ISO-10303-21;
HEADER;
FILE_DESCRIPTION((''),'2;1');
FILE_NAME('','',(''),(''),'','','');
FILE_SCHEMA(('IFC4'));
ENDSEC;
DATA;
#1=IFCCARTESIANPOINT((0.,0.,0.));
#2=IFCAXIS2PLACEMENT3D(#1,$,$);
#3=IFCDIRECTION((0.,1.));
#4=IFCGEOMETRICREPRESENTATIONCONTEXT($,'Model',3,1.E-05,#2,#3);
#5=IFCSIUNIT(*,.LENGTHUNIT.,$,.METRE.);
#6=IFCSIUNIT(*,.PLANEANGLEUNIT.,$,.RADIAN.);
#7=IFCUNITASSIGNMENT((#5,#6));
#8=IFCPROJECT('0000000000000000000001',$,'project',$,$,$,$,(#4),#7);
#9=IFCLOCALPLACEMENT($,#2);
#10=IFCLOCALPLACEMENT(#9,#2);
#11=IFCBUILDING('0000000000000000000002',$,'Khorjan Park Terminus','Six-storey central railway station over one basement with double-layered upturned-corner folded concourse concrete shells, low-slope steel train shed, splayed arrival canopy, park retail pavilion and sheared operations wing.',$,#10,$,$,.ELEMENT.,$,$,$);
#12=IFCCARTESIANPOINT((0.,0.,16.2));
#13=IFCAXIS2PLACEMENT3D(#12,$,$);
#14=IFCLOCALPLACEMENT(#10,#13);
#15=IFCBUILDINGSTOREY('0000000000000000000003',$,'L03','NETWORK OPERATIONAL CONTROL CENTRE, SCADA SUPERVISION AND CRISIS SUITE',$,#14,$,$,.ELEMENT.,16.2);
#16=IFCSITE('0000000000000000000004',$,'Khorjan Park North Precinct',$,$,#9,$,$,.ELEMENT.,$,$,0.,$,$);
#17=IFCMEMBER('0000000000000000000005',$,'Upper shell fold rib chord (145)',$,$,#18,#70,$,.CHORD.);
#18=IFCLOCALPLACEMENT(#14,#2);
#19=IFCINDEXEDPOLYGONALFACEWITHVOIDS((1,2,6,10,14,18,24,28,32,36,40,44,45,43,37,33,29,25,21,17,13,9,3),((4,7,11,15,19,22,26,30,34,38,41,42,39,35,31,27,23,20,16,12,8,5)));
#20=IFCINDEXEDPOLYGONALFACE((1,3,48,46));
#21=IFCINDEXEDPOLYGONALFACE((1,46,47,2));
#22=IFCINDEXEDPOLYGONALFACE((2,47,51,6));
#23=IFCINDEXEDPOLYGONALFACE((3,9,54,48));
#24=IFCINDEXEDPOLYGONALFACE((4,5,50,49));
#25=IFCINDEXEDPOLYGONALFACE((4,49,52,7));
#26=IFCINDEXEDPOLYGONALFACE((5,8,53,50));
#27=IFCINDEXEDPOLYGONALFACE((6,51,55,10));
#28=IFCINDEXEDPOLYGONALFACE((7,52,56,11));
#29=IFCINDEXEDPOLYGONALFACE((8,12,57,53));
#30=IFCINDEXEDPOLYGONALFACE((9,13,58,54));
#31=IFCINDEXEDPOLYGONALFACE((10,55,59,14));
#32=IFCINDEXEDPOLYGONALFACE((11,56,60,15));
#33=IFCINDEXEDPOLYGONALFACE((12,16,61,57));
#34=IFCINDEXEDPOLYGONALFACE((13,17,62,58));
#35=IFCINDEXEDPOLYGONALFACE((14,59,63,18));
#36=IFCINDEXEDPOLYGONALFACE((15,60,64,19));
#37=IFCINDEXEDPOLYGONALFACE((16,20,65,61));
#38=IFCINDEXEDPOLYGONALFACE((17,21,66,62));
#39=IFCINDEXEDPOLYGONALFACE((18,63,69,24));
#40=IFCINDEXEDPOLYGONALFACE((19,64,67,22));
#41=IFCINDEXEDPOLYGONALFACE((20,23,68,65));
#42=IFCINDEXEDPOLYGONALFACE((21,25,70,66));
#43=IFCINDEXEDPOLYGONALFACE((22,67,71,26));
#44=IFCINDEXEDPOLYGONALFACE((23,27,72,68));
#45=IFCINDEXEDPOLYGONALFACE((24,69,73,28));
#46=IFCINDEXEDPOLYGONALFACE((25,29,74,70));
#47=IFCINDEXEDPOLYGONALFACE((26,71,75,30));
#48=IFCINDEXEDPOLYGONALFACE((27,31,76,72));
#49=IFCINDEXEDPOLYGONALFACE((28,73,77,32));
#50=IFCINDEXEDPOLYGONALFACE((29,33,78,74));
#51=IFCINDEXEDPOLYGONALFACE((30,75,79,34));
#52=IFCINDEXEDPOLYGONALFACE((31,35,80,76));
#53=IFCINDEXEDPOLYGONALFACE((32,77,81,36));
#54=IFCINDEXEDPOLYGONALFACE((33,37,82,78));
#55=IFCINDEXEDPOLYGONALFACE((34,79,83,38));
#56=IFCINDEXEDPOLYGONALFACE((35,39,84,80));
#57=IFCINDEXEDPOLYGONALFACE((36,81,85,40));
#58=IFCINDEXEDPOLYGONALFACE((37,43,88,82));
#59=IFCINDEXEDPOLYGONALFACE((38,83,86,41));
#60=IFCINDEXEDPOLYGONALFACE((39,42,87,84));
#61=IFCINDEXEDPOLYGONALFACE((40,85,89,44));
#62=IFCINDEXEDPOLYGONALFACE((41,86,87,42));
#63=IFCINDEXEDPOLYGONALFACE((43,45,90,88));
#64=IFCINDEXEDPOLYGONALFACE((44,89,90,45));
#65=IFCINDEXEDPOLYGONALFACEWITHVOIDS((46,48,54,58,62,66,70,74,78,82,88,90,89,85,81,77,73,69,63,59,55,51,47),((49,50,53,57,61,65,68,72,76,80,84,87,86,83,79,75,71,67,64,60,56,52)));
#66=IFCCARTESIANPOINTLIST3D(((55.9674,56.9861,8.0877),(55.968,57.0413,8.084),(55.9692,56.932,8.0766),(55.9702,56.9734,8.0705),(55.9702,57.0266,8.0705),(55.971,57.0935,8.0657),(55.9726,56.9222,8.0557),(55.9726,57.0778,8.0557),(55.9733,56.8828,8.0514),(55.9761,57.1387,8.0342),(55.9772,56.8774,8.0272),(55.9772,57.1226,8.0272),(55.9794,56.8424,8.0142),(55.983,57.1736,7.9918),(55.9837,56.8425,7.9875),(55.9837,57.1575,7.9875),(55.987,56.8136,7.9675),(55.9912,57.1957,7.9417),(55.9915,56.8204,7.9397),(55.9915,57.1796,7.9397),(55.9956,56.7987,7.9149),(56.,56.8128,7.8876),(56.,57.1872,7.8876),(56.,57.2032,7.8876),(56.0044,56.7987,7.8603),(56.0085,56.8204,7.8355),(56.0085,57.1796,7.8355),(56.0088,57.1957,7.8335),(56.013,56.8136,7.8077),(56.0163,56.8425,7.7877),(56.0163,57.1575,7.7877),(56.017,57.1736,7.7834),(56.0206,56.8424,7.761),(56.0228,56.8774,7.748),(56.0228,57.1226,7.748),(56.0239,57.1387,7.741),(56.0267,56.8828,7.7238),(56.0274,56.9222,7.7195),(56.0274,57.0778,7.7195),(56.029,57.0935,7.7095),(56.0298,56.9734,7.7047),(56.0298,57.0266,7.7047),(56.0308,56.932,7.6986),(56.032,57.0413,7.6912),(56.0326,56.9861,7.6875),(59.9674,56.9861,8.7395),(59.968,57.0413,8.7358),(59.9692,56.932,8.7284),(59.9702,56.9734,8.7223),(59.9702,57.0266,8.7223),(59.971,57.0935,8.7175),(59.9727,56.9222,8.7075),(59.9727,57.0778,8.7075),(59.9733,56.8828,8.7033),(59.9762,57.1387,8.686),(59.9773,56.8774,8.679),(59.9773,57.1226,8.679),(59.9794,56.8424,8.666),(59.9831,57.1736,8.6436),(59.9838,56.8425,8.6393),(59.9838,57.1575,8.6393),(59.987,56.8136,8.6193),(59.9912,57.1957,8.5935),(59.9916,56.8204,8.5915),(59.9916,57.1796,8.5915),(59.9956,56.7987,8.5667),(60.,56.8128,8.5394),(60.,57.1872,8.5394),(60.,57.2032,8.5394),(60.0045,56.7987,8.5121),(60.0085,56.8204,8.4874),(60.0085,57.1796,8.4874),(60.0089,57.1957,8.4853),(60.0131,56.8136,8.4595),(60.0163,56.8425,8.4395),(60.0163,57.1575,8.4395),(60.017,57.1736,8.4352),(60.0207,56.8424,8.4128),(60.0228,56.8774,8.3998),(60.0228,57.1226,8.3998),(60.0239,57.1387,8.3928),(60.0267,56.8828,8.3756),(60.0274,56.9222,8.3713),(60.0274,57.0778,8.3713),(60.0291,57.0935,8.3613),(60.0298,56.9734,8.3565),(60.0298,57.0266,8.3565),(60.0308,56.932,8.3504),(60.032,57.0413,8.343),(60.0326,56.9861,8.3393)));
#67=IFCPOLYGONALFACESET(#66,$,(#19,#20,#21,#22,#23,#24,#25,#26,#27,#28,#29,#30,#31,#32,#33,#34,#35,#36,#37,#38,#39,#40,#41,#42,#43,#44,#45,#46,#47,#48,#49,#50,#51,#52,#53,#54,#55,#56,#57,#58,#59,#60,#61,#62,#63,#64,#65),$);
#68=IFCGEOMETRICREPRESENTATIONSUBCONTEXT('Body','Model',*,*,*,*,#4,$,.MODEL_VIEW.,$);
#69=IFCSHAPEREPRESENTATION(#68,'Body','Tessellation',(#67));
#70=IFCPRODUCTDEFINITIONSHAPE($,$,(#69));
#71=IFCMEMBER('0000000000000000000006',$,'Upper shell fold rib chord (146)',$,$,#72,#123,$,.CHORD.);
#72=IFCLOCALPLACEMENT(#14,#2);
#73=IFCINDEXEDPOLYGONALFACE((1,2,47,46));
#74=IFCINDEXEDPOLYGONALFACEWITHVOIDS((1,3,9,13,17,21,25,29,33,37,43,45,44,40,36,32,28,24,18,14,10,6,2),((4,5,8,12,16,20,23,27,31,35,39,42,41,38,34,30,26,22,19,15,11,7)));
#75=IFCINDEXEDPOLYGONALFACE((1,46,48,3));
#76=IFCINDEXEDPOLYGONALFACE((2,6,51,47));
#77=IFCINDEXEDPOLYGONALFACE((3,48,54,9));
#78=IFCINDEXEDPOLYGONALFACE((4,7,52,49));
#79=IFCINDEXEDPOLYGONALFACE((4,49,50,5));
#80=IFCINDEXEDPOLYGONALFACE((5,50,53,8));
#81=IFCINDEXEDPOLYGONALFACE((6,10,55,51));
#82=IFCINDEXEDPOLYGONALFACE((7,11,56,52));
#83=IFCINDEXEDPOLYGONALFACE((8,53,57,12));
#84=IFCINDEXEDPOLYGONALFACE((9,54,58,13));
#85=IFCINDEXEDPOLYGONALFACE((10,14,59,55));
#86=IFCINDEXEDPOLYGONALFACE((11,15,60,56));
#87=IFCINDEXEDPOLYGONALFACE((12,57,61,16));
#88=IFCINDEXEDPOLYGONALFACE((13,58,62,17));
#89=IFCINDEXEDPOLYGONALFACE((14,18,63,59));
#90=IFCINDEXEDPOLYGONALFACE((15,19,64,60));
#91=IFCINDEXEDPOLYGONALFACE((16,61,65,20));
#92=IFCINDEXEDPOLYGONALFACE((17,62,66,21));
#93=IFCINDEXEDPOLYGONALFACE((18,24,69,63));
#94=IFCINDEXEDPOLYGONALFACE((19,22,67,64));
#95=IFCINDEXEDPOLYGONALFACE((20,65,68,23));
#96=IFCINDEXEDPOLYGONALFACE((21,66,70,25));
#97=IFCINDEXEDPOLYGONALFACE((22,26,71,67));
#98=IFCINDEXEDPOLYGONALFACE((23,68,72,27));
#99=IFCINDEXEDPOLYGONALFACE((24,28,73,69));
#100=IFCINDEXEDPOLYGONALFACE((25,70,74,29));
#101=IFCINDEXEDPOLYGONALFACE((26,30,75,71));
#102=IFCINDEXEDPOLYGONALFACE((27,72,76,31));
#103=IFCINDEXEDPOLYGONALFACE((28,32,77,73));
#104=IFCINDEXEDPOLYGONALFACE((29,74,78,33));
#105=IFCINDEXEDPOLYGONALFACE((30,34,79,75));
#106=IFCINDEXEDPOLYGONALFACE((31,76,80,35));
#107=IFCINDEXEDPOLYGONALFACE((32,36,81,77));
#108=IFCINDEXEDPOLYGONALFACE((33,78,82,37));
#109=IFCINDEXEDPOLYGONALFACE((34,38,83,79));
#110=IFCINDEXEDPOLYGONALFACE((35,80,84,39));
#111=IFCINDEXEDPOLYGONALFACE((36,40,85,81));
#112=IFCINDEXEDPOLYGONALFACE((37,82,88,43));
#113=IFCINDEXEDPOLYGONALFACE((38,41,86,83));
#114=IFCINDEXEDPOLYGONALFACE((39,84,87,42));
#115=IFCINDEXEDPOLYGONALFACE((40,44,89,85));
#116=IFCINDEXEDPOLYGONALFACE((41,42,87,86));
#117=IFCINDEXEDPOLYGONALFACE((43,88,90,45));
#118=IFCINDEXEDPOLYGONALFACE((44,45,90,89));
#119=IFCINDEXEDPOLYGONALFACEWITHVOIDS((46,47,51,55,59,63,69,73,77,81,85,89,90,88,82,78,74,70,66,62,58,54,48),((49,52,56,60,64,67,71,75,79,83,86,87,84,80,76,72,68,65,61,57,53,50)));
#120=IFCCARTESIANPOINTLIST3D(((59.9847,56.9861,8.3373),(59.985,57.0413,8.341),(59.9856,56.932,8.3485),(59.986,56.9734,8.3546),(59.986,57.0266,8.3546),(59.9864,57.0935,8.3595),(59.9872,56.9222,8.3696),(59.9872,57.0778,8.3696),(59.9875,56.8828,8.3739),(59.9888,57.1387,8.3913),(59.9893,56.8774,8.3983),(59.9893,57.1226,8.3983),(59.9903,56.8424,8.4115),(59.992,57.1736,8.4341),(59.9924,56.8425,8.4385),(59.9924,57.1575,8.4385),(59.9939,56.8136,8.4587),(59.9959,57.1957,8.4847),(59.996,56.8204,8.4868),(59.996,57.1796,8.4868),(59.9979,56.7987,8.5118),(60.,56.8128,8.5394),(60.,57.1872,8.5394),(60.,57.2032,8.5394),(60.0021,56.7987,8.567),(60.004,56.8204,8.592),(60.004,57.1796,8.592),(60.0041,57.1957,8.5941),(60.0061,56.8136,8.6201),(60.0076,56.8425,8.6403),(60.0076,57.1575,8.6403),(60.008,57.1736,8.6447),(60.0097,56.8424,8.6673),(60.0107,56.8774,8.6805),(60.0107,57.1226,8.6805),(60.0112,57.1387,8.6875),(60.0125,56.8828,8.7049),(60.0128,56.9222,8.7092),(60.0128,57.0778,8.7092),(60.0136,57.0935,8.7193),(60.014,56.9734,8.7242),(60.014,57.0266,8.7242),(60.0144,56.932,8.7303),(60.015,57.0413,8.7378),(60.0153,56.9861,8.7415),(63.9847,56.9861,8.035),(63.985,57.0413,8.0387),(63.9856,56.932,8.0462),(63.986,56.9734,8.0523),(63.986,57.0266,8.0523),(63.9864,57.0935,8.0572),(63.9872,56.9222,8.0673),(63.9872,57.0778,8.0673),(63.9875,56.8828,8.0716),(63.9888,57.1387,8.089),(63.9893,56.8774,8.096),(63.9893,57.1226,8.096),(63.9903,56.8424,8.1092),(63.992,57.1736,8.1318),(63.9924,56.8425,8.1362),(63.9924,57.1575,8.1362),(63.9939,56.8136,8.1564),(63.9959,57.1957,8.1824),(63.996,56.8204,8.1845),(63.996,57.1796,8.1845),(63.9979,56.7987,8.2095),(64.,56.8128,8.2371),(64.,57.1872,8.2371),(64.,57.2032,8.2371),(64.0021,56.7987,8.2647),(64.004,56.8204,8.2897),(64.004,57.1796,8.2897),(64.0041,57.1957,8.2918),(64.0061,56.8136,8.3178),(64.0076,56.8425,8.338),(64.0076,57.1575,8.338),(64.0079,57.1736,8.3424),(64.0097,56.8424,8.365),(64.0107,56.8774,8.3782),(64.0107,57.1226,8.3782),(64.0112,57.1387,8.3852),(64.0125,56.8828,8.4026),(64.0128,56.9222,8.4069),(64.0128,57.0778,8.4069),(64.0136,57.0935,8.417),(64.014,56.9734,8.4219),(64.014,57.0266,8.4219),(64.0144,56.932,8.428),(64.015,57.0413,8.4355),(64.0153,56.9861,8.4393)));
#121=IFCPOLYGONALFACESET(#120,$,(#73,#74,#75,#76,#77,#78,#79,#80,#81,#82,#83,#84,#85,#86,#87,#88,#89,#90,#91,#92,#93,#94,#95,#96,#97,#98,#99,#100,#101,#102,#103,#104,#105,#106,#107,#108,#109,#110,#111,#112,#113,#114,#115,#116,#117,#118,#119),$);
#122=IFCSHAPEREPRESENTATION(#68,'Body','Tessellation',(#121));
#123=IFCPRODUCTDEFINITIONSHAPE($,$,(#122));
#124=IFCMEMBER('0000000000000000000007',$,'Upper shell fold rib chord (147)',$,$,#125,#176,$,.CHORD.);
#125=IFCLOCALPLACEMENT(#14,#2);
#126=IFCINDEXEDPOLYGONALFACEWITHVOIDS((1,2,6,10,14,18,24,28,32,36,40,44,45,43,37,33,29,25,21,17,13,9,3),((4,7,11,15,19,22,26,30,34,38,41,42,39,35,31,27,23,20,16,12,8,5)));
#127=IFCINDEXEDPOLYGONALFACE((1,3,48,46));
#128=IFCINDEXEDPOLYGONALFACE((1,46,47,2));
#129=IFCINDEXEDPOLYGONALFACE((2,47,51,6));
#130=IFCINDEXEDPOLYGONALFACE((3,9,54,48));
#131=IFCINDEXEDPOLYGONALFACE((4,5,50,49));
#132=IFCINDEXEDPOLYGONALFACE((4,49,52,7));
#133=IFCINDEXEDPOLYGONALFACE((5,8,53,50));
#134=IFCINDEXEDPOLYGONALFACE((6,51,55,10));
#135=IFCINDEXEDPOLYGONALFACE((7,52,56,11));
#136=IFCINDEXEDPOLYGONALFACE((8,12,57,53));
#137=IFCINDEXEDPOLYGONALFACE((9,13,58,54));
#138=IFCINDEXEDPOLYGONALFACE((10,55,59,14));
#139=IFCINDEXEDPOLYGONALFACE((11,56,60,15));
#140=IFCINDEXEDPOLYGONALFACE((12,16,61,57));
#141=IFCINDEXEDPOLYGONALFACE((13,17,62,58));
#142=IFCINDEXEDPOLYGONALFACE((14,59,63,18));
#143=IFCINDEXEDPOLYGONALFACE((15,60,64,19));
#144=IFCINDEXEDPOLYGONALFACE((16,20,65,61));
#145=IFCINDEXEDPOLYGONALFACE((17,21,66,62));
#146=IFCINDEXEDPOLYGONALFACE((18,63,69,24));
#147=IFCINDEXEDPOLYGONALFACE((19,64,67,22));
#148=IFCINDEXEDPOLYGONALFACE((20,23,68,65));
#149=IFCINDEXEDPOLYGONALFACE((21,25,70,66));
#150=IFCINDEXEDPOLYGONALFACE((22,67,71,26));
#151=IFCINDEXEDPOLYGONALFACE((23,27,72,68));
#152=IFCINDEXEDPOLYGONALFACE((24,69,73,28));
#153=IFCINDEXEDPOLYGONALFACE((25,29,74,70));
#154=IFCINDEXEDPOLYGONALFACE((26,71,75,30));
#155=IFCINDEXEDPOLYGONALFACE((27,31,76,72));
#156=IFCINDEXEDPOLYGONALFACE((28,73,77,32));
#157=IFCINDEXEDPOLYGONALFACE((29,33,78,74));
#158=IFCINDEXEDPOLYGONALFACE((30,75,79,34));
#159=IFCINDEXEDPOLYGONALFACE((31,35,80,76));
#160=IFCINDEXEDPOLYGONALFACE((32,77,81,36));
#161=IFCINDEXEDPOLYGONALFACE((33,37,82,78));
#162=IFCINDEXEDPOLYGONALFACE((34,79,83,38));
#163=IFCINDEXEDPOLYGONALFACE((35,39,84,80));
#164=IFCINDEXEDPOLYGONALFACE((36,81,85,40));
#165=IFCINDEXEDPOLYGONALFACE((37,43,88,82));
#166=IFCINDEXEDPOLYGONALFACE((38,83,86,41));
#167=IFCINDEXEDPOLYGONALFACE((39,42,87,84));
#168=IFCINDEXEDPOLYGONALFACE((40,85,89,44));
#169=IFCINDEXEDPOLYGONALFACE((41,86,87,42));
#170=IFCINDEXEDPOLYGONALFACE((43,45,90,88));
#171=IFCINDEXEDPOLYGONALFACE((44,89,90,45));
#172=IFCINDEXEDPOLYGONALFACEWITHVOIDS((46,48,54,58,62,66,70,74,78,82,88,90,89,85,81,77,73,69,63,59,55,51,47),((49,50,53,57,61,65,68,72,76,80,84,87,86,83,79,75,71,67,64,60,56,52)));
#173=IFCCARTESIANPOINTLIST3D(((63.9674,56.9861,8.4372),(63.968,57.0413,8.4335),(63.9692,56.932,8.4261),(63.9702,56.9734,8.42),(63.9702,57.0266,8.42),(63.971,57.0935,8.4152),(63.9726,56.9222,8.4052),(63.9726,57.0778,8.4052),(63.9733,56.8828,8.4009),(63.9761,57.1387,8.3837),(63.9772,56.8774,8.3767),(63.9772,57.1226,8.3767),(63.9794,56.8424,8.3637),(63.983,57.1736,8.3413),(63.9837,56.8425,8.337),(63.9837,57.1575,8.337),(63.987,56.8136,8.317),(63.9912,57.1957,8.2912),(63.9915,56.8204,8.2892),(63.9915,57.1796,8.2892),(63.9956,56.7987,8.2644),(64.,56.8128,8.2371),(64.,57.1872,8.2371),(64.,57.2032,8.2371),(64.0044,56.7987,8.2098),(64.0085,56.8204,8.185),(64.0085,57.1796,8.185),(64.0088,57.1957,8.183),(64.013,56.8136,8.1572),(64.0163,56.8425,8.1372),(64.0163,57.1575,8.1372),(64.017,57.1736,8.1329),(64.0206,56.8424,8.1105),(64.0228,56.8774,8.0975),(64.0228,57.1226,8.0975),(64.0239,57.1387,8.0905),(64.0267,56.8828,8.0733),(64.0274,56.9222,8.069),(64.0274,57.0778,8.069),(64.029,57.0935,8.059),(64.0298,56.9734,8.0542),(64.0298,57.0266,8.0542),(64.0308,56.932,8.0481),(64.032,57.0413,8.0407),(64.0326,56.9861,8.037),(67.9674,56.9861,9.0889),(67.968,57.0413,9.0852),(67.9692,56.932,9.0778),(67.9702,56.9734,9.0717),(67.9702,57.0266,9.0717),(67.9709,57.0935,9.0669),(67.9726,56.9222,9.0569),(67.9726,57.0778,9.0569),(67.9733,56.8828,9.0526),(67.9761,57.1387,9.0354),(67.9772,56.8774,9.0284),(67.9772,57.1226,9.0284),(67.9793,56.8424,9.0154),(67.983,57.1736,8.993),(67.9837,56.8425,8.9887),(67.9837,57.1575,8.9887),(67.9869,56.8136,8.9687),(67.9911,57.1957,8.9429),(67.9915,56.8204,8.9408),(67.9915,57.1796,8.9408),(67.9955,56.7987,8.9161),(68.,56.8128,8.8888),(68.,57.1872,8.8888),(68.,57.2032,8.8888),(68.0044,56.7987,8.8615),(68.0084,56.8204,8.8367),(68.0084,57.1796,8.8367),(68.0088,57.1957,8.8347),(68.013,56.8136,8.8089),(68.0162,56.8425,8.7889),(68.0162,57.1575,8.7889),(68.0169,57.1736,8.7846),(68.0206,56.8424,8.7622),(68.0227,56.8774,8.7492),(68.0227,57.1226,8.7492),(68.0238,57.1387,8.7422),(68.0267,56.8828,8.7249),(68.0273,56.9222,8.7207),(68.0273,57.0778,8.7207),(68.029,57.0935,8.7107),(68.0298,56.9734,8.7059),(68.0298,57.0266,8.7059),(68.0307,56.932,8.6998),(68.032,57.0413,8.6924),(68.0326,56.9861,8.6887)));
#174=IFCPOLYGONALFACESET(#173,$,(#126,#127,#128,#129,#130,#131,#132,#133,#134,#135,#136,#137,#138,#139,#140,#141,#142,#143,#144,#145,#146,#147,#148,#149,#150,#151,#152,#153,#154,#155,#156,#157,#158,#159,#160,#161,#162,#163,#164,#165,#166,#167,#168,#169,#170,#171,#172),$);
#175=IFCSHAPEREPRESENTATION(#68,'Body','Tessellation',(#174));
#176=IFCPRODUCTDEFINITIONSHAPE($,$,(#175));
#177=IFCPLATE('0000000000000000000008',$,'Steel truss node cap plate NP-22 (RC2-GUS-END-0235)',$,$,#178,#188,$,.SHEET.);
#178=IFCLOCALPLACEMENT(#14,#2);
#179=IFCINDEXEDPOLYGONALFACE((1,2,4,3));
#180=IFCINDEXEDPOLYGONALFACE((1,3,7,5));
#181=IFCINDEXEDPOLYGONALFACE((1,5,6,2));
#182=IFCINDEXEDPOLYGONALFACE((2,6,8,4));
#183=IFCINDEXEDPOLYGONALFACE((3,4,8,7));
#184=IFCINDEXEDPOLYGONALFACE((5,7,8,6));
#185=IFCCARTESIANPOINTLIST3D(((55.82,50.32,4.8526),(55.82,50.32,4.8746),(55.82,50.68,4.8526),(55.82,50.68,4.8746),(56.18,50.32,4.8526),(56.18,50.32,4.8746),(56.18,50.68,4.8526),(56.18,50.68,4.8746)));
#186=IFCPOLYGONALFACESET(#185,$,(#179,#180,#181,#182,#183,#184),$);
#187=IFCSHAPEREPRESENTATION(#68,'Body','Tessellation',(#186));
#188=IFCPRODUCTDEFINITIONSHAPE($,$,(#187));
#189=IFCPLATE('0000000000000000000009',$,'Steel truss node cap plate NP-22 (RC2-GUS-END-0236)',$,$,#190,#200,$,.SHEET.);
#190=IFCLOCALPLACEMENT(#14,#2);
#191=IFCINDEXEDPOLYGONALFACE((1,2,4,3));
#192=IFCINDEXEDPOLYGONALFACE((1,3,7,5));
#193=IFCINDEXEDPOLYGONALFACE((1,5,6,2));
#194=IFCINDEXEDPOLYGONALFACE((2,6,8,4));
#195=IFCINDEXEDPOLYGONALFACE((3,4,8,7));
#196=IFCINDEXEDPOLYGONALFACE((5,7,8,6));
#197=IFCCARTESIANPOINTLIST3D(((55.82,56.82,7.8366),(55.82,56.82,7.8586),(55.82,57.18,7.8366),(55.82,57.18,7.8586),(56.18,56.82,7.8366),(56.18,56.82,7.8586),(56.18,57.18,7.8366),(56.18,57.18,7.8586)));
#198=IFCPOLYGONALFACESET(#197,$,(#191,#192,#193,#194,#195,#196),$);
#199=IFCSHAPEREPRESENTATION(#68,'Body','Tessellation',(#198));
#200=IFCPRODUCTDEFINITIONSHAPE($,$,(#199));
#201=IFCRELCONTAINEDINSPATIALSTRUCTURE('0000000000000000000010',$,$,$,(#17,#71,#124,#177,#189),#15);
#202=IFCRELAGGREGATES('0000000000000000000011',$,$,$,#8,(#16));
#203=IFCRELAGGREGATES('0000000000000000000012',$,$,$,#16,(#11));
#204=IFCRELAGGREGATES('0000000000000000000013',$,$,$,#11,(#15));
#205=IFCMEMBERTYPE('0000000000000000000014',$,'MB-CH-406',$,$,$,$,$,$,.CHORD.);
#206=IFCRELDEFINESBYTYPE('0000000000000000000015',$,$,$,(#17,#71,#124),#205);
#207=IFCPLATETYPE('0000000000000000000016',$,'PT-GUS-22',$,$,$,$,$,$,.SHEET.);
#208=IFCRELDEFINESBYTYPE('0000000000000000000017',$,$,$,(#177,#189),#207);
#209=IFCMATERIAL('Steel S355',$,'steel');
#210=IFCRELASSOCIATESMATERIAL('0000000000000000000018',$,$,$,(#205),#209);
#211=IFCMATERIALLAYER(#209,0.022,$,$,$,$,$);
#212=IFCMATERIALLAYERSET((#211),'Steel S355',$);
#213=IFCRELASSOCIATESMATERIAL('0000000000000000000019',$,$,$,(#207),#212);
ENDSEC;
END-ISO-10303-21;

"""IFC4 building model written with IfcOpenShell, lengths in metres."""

from ifc_helpers import new_model, si_unit, direction, frame, origin, origin_2d, place, context, subcontext, project, spatial, rectangle, hollow_circle, extrude, material, layer, layer_set, material_profile, profile_set, type_object, element, save


model = new_model("IFC4")

# Units and contexts
model_context = context("Model", 3, precision=1e-05, world=origin(), true_north=direction((0.0, 1.0)))
body_context = subcontext(model_context, "Body", "Model", "MODEL_VIEW")
ifc_project = project(units=[si_unit("LENGTHUNIT", "METRE"), si_unit("PLANEANGLEUNIT", "RADIAN")], contexts=[model_context])

# Site, building, storey
site_placement = place(None, origin())
site = spatial("IfcSite", under=ifc_project, at=site_placement, Name="Khorjan Park North Precinct", CompositionType="ELEMENT", RefElevation=0.0)
building_placement = place(site_placement, origin())
building = spatial("IfcBuilding", under=site, at=building_placement, Name="Khorjan Park Terminus", Description="Six-storey central railway station over one basement with double-layered upturned-corner folded concourse concrete shells, low-slope steel train shed, splayed arrival canopy, park retail pavilion and sheared operations wing.", CompositionType="ELEMENT")
storey_placement = place(building_placement, frame((0.0, 0.0, 16.2)))
storey = spatial("IfcBuildingStorey", under=building, at=storey_placement, Name="L03", Description="NETWORK OPERATIONAL CONTROL CENTRE, SCADA SUPERVISION AND CRISIS SUITE", CompositionType="ELEMENT", Elevation=16.2)

# Members
ifc_material = material(Name="Steel S355", Category="steel")
ifc_material_profile_1 = material_profile(ifc_material, hollow_circle(Radius=0.2032, WallThickness=0.016, at=origin_2d()), Name="CHS 406.4x16")
ifc_profile_set_1 = profile_set([ifc_material_profile_1], Name="Steel S355")
member_type_1 = type_object("IfcMemberType", Name="MB-CH-406", PredefinedType="CHORD", material=ifc_profile_set_1)
member_1_placement = place(storey_placement, frame((56.0, 57.0, 7.8876), z_axis=(0.986982, 0.0, 0.160829), x_axis=(0.0, 1.0, 0.0)))
element("IfcMember", 1, at=member_1_placement, inside=storey, type_object=member_type_1, Name="Upper shell fold rib chord (145)", PredefinedType="CHORD", context=body_context, shape_type="SweptSolid", body=[
    extrude(hollow_circle(Radius=0.2032, WallThickness=0.016, at=origin_2d()), origin(), (0.0, 0.0, 1.0), 4.0528),
])
member_2_placement = place(storey_placement, frame((60.0, 57.0, 8.5394), z_axis=(0.997156, 0.0, -0.07536), x_axis=(0.0, 1.0, 0.0)))
element("IfcMember", 2, at=member_2_placement, inside=storey, type_object=member_type_1, Name="Upper shell fold rib chord (146)", PredefinedType="CHORD", context=body_context, shape_type="SweptSolid", body=[
    extrude(hollow_circle(Radius=0.2032, WallThickness=0.016, at=origin_2d()), origin(), (0.0, 0.0, 1.0), 4.0114),
])
member_3_placement = place(storey_placement, frame((64.0, 57.0, 8.2371), z_axis=(0.986986, 0.0, 0.160805), x_axis=(0.0, 1.0, 0.0)))
element("IfcMember", 3, at=member_3_placement, inside=storey, type_object=member_type_1, Name="Upper shell fold rib chord (147)", PredefinedType="CHORD", context=body_context, shape_type="SweptSolid", body=[
    extrude(hollow_circle(Radius=0.2032, WallThickness=0.016, at=origin_2d()), origin(), (0.0, 0.0, 1.0), 4.0527),
])

# Plates
ifc_layer = layer(ifc_material, 0.022)
ifc_layer_set = layer_set([ifc_layer], Name="Steel S355")
plate_type = type_object("IfcPlateType", Name="PT-GUS-22", PredefinedType="SHEET", material=ifc_layer_set)
for number, where, z_axis, x_axis, name in (
    (4, (56.0, 50.5, 4.8526), (0.0, 0.0, 1.0), (1.0, 0.0, 0.0), "Steel truss node cap plate NP-22 (RC2-GUS-END-0235)"),
    (5, (56.0, 57.0, 7.8366), (0.0, 0.0, 1.0), (1.0, 0.0, 0.0), "Steel truss node cap plate NP-22 (RC2-GUS-END-0236)"),
):
    element("IfcPlate", number, at=place(storey_placement, frame(where, z_axis=z_axis, x_axis=x_axis)), inside=storey, type_object=plate_type, Name=name, PredefinedType="SHEET", context=body_context, shape_type="SweptSolid", body=[
        extrude(rectangle(XDim=0.36, YDim=0.36, at=origin_2d()), origin(), (0.0, 0.0, 1.0), 0.022),
    ])

save(model, "model.ifc")
